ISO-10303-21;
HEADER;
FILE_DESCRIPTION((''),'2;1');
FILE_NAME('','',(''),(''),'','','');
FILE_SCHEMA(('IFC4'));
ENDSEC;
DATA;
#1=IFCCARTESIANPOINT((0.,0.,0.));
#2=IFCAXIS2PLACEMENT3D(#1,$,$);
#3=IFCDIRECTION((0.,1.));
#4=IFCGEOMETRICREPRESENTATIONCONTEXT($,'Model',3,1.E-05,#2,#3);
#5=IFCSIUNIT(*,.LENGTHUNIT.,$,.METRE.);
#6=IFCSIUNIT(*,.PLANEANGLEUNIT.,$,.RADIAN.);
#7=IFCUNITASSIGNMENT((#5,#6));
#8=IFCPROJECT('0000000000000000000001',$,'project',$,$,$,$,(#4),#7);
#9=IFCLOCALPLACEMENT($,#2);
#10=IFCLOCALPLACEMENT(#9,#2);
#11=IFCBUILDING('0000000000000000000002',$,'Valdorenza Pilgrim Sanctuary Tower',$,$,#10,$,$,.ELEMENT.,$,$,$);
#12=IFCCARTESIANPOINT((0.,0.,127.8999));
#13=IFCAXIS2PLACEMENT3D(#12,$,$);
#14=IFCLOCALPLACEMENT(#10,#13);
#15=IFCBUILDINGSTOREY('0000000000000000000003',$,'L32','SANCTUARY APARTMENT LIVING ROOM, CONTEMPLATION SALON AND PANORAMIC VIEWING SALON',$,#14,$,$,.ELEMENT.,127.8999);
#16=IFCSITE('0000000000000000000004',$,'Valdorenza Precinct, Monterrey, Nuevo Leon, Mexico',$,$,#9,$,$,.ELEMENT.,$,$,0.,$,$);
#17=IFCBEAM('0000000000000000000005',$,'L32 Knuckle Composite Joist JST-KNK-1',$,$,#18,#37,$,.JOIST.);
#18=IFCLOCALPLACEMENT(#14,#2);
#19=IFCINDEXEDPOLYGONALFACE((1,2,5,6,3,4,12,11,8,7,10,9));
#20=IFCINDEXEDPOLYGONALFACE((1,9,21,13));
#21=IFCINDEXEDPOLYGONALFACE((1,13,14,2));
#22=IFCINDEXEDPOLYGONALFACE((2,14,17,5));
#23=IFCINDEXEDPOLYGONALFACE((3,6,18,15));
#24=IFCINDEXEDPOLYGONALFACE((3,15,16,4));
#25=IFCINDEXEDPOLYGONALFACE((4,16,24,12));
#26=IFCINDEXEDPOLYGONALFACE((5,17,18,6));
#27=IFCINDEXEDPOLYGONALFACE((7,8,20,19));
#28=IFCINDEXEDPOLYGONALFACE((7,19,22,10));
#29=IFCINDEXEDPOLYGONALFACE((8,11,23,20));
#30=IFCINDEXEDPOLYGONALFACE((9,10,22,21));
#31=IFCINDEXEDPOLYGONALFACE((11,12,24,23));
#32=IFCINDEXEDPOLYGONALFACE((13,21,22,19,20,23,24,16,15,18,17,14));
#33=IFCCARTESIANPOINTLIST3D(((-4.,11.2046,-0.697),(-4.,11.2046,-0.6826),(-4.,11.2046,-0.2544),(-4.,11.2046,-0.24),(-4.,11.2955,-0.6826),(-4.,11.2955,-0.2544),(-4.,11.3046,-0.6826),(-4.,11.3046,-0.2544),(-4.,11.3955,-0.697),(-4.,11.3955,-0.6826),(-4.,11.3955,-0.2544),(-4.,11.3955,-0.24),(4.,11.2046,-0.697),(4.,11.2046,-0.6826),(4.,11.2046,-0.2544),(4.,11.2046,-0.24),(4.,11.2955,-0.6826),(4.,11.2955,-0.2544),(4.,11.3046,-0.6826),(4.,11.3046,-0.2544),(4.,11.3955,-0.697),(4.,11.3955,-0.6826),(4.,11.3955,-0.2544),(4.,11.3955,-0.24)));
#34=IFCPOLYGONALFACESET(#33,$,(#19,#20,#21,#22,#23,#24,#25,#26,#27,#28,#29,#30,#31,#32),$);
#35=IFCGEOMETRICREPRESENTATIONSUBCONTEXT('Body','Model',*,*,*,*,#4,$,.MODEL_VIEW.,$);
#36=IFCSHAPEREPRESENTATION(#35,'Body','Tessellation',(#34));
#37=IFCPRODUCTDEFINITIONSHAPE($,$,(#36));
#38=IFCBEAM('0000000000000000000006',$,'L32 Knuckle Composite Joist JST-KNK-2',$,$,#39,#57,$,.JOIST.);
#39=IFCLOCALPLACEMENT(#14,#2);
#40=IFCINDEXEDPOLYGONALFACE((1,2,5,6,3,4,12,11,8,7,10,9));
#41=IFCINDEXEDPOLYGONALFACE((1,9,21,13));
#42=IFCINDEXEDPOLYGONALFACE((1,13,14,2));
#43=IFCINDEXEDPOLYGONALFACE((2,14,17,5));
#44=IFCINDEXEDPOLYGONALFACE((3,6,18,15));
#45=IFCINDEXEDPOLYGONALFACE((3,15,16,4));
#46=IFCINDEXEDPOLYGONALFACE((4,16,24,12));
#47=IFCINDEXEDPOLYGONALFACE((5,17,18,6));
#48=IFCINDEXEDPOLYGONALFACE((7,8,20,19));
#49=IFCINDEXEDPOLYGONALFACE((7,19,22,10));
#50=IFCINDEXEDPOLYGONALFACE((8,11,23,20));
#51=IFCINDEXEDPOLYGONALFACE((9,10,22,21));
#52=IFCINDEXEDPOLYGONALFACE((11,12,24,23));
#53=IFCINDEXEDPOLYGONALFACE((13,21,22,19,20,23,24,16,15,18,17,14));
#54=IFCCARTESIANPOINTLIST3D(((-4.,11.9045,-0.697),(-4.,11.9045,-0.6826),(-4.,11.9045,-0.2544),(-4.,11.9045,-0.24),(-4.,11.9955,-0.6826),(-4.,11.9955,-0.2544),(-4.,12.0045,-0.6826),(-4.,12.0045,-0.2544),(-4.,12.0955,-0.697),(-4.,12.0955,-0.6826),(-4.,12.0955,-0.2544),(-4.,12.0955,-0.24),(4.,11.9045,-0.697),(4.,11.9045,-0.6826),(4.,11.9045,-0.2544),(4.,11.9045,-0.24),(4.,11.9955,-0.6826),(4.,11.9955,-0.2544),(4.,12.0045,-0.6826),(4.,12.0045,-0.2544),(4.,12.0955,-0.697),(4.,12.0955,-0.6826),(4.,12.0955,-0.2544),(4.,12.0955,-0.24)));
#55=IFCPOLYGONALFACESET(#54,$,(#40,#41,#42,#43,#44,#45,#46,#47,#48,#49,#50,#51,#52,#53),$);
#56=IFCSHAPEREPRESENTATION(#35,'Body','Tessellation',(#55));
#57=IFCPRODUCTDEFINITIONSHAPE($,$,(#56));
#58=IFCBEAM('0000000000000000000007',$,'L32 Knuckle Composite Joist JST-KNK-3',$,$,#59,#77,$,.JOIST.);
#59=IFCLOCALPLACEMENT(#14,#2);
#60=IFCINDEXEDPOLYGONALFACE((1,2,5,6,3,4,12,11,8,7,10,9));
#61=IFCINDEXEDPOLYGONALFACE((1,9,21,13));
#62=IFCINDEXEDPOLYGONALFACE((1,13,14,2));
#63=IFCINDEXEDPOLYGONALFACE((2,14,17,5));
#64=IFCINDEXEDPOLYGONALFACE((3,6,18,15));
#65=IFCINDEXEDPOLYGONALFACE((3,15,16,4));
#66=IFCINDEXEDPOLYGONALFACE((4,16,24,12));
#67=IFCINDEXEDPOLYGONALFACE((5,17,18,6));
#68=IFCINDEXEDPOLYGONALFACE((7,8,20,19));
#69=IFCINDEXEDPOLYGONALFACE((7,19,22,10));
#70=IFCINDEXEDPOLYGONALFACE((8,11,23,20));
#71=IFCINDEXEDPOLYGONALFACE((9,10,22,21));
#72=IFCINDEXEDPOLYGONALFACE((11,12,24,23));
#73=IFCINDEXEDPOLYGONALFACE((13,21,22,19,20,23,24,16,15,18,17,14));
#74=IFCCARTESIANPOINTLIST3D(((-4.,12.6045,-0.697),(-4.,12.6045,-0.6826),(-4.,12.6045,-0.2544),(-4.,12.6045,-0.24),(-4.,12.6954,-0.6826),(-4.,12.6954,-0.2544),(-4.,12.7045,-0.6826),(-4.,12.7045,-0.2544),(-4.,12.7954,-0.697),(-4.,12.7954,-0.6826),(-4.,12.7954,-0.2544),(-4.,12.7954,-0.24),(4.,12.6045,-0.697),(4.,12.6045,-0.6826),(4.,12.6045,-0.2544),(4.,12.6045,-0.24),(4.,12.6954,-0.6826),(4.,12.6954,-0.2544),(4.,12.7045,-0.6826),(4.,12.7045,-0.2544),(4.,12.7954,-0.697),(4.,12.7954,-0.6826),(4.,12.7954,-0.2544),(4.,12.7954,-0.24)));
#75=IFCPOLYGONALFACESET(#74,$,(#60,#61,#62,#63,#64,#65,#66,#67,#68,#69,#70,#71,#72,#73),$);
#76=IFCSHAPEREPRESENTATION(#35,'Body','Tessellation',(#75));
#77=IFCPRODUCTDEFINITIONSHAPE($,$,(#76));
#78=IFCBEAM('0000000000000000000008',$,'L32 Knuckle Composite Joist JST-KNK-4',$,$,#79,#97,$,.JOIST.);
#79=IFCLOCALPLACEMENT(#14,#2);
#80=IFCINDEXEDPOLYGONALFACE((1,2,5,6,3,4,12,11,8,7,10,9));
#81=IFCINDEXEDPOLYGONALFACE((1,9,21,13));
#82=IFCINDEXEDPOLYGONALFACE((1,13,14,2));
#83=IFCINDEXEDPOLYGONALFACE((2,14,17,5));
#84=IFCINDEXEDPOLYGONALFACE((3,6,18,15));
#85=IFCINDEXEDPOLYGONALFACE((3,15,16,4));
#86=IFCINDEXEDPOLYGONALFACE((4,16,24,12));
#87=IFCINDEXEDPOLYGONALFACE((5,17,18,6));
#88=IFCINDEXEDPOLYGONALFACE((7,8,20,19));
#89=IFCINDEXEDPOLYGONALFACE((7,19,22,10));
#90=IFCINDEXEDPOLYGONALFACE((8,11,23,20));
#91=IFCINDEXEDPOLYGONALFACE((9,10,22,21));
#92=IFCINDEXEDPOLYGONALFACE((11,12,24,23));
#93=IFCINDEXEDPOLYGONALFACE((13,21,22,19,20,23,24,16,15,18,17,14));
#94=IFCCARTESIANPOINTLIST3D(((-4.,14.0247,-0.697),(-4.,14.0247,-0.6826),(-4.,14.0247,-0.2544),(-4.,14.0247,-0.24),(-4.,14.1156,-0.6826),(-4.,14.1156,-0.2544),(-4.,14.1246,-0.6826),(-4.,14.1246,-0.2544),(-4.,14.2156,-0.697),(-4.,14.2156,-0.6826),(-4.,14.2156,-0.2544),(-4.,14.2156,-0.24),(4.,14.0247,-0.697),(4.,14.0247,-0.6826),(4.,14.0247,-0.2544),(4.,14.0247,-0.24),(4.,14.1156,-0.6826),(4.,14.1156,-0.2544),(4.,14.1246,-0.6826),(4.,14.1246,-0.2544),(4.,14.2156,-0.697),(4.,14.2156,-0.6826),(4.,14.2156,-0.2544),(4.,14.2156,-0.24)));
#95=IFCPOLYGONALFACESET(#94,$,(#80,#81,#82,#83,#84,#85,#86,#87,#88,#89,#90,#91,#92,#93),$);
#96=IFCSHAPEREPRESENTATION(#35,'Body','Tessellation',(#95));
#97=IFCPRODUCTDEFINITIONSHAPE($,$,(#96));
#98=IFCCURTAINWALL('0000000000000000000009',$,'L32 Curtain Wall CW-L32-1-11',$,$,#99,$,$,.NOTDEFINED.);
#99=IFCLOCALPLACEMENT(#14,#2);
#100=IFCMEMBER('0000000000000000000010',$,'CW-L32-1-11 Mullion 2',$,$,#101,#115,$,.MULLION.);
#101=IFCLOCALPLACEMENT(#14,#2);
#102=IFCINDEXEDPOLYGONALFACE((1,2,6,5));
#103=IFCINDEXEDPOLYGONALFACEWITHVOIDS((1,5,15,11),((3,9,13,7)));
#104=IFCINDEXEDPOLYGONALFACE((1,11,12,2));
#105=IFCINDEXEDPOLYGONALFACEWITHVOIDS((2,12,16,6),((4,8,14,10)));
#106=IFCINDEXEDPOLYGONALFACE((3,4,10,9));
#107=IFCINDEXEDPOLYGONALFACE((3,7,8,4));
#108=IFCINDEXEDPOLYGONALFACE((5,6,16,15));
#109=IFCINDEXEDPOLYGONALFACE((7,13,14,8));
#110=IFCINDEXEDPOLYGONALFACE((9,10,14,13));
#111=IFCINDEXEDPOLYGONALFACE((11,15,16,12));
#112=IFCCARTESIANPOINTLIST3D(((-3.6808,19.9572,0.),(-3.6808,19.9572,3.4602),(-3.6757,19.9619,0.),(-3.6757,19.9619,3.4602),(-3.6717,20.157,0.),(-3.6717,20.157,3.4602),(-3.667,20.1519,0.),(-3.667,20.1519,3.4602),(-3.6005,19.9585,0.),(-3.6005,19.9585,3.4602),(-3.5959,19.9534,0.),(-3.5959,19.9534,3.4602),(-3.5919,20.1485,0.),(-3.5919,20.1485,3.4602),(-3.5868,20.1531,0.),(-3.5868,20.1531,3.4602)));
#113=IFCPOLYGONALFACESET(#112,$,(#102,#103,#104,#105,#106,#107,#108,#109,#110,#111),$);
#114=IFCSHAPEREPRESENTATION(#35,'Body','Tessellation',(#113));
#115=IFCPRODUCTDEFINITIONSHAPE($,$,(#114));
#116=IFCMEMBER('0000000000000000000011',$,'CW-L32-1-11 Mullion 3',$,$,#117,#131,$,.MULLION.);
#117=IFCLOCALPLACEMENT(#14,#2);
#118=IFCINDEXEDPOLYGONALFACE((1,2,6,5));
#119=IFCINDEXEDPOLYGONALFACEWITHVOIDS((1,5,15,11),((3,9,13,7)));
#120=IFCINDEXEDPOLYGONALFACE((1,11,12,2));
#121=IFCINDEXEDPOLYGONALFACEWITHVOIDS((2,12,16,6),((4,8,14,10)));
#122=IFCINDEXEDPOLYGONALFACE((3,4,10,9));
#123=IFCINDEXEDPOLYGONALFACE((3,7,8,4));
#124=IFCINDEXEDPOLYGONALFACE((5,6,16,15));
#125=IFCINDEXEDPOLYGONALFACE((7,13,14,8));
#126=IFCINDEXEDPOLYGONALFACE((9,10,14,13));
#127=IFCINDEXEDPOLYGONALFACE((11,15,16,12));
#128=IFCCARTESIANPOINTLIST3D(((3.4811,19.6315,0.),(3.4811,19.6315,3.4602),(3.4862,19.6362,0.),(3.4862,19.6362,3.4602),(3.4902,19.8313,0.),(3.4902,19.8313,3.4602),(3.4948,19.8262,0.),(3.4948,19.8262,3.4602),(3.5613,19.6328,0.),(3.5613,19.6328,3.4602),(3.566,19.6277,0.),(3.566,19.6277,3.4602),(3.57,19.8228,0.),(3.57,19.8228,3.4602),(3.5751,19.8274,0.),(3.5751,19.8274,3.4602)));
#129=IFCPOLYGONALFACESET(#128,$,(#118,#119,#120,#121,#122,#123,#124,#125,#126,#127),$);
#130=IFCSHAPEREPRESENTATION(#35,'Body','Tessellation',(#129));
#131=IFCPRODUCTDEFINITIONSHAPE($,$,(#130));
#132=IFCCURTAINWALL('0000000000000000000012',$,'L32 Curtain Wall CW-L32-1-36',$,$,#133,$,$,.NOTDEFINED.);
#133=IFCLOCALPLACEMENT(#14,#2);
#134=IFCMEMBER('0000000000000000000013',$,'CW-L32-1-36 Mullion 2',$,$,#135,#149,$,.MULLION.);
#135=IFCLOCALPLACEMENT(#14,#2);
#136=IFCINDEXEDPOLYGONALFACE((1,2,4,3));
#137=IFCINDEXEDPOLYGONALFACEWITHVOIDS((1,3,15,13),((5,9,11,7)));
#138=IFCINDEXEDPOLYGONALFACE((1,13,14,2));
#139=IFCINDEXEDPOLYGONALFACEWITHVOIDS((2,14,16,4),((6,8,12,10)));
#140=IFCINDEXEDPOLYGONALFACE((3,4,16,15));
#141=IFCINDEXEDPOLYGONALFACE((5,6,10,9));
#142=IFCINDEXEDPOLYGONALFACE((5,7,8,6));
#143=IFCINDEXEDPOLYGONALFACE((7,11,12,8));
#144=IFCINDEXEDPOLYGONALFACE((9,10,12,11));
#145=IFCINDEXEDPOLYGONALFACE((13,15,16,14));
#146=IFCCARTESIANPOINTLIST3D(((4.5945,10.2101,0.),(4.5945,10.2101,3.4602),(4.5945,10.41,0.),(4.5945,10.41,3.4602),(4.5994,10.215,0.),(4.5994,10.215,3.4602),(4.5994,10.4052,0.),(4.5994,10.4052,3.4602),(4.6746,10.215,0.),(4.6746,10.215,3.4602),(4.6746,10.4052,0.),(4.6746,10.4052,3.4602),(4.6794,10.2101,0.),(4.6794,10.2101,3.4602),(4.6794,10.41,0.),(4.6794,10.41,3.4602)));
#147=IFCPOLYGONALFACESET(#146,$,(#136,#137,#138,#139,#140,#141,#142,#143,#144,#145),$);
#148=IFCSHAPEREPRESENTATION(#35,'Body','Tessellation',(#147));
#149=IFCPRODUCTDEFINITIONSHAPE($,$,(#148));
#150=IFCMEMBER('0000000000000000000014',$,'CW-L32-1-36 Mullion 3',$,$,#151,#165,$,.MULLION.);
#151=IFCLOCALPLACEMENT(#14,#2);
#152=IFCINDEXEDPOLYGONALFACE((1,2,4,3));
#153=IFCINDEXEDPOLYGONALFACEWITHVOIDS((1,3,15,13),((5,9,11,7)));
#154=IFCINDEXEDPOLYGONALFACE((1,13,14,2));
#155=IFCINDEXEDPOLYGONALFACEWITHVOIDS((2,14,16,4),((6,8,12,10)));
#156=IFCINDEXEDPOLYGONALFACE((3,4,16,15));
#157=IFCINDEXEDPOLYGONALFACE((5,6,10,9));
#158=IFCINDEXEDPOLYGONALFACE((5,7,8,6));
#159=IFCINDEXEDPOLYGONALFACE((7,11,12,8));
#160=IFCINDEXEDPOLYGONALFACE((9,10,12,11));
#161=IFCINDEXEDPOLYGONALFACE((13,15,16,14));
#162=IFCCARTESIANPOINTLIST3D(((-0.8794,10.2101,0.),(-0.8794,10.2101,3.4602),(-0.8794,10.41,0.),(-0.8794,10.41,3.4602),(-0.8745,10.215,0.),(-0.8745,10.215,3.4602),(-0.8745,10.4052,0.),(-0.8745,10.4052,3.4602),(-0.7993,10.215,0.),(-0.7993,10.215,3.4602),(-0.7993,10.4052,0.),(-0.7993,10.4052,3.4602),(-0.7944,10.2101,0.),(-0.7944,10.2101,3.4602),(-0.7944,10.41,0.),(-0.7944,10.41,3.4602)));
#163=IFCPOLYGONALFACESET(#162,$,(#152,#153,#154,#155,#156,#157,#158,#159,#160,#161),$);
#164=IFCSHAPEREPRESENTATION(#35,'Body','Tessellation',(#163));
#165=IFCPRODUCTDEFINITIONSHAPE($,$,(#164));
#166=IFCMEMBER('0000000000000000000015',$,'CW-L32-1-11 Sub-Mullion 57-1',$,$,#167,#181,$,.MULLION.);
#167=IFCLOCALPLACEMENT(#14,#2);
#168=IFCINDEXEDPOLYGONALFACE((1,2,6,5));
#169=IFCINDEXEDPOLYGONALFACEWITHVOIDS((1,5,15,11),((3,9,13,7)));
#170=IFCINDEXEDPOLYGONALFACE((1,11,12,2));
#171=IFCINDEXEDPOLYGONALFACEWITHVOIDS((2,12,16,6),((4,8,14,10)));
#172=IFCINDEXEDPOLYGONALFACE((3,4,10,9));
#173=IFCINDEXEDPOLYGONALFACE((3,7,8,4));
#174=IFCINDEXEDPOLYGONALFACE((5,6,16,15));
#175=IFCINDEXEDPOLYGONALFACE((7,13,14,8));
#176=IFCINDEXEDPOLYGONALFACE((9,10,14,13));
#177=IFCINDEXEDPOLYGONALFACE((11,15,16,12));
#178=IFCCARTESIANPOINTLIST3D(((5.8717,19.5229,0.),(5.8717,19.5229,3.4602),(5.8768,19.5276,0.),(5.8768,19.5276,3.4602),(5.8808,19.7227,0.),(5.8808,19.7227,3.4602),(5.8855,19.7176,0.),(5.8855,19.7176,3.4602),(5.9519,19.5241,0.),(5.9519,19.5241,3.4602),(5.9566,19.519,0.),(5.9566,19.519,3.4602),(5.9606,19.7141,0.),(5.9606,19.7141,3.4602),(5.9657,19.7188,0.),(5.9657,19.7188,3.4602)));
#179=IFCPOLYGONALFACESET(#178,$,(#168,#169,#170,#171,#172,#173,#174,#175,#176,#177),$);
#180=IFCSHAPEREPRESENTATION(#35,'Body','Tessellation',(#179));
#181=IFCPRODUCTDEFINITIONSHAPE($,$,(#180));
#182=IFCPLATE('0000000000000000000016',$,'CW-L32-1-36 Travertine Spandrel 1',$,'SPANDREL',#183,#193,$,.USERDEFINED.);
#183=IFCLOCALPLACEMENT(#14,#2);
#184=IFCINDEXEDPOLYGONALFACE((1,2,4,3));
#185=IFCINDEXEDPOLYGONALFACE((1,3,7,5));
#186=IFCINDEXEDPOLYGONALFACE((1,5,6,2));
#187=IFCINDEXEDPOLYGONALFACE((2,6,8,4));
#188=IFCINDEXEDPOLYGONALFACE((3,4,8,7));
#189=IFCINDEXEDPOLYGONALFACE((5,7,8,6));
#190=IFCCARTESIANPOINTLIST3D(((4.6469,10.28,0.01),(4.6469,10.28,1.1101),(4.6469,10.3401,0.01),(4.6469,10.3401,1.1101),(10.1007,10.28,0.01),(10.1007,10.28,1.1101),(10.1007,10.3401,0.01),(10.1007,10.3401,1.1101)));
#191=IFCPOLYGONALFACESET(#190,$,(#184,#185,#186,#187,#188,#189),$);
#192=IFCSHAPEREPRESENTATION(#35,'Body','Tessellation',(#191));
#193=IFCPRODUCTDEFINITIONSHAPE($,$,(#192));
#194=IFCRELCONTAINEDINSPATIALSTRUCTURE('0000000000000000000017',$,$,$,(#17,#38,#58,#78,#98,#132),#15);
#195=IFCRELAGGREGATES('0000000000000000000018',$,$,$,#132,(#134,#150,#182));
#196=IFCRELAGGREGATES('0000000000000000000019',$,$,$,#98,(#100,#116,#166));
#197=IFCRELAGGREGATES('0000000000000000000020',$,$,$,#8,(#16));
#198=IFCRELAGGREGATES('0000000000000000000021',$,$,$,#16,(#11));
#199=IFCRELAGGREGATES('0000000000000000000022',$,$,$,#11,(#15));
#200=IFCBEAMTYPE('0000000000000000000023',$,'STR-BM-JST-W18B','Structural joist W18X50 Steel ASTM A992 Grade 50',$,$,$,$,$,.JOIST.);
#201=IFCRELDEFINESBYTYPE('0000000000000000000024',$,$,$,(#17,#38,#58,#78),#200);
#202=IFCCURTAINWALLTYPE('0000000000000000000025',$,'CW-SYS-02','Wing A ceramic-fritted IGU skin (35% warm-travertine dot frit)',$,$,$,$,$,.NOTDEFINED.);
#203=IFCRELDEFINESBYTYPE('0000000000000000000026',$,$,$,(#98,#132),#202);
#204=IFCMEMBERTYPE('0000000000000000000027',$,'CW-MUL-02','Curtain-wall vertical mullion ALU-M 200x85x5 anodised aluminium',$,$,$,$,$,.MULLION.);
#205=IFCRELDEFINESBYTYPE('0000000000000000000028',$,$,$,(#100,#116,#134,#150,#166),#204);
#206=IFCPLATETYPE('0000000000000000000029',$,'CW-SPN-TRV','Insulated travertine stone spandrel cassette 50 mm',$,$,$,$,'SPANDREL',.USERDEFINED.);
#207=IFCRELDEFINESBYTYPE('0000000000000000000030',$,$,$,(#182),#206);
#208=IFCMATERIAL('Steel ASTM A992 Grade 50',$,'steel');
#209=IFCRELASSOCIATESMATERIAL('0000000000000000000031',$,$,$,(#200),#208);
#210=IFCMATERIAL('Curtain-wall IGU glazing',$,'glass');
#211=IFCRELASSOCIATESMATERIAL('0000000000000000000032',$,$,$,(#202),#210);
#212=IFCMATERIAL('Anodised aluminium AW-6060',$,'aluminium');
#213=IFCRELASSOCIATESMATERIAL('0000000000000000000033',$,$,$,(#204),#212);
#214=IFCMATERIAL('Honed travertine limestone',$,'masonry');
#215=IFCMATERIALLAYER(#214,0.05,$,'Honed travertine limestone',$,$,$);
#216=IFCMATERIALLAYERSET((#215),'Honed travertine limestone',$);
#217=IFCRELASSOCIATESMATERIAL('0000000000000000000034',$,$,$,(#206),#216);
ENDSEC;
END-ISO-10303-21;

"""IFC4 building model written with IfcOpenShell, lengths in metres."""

from ifc_helpers import new_model, si_unit, direction, frame, origin, origin_2d, place, context, subcontext, project, spatial, rectangle, hollow_rectangle, i_section, extrude, source, transform, mapped, material, layer, layer_set, material_profile, profile_set, type_object, element, aggregate, save


model = new_model("IFC4")

# Units and contexts
model_context = context("Model", 3, precision=1e-05, world=origin(), true_north=direction((0.0, 1.0)))
body_context = subcontext(model_context, "Body", "Model", "MODEL_VIEW")
ifc_project = project(units=[si_unit("LENGTHUNIT", "METRE"), si_unit("PLANEANGLEUNIT", "RADIAN")], contexts=[model_context])

# Site, building, storey
site_placement = place(None, origin())
site = spatial("IfcSite", under=ifc_project, at=site_placement, Name="Valdorenza Precinct, Monterrey, Nuevo Leon, Mexico", CompositionType="ELEMENT", RefElevation=0.0)
building_placement = place(site_placement, origin())
building = spatial("IfcBuilding", under=site, at=building_placement, Name="Valdorenza Pilgrim Sanctuary Tower", CompositionType="ELEMENT")
storey_placement = place(building_placement, frame((0.0, 0.0, 127.8999)))
storey = spatial("IfcBuildingStorey", under=building, at=storey_placement, Name="L32", Description="SANCTUARY APARTMENT LIVING ROOM, CONTEMPLATION SALON AND PANORAMIC VIEWING SALON", CompositionType="ELEMENT", Elevation=127.8999)

# Shared definitions
ifc_material_1 = material(Name="Steel ASTM A992 Grade 50", Category="steel")

# Beams
ifc_material_profile_1 = material_profile(ifc_material_1, i_section(OverallWidth=0.1909, OverallDepth=0.457, WebThickness=0.009, FlangeThickness=0.0144, at=origin_2d()), Name="W18X50")
ifc_profile_set_1 = profile_set([ifc_material_profile_1], Name="Steel ASTM A992 Grade 50")
beam_type_1 = type_object("IfcBeamType", Name="STR-BM-JST-W18B", Description="Structural joist W18X50 Steel ASTM A992 Grade 50", PredefinedType="JOIST", material=ifc_profile_set_1)
shared_shape_1 = source(origin(), body_context, "Body", "SweptSolid", [
    extrude(i_section(OverallWidth=0.1909, OverallDepth=0.457, WebThickness=0.009, FlangeThickness=0.0144, at=origin_2d()), origin(), (0.0, 0.0, 1.0), 8.0),
])
for number, where, z_axis, x_axis, name in (
    (1, (-4.0, 11.3, -0.4685), (1.0, 0.0, 0.0), (0.0, 1.0, 0.0), "L32 Knuckle Composite Joist JST-KNK-1"),
    (2, (-4.0, 12.0, -0.4685), (1.0, 0.0, 0.0), (0.0, 1.0, 0.0), "L32 Knuckle Composite Joist JST-KNK-2"),
    (3, (-4.0, 12.7, -0.4685), (1.0, 0.0, 0.0), (0.0, 1.0, 0.0), "L32 Knuckle Composite Joist JST-KNK-3"),
    (4, (-4.0, 14.1201, -0.4685), (1.0, 0.0, 0.0), (0.0, 1.0, 0.0), "L32 Knuckle Composite Joist JST-KNK-4"),
):
    element("IfcBeam", number, at=place(storey_placement, frame(where, z_axis=z_axis, x_axis=x_axis)), inside=storey, type_object=beam_type_1, Name=name, PredefinedType="JOIST", context=body_context, shape_type="MappedRepresentation", body=[
        mapped(shared_shape_1, transform((0.0, 0.0, 0.0), x_axis=(1.0, 0.0, 0.0), y_axis=(0.0, 1.0, 0.0), z_axis=(0.0, 0.0, 1.0), scale=1.0)),
    ])

# Curtain walls, members
ifc_material_2 = material(Name="Curtain-wall IGU glazing", Category="glass")
curtain_wall_type = type_object("IfcCurtainWallType", Name="CW-SYS-02", Description="Wing A ceramic-fritted IGU skin (35% warm-travertine dot frit)", PredefinedType="NOTDEFINED", material=ifc_material_2)
curtain_wall_1_placement = place(storey_placement, origin())
curtain_wall_1 = element("IfcCurtainWall", 5, at=curtain_wall_1_placement, inside=storey, type_object=curtain_wall_type, Name="L32 Curtain Wall CW-L32-1-11", PredefinedType="NOTDEFINED")
ifc_material_3 = material(Name="Anodised aluminium AW-6060", Category="aluminium")
ifc_material_profile_2 = material_profile(ifc_material_3, hollow_rectangle(XDim=0.085, YDim=0.2, WallThickness=0.0049, at=origin_2d()), Name="ALU-M 200x85x5")
ifc_profile_set_2 = profile_set([ifc_material_profile_2], Name="Anodised aluminium AW-6060")
member_type = type_object("IfcMemberType", Name="CW-MUL-02", Description="Curtain-wall vertical mullion ALU-M 200x85x5 anodised aluminium", PredefinedType="MULLION", material=ifc_profile_set_2)
shared_shape_2 = source(origin(), body_context, "Body", "SweptSolid", [
    extrude(hollow_rectangle(XDim=0.085, YDim=0.2, WallThickness=0.0049, at=origin_2d()), origin(), (0.0, 0.0, 1.0), 3.4602),
])
member_1_placement = place(storey_placement, frame((-3.6338, 20.0552, 0.0), z_axis=(0.0, 0.0, 1.0), x_axis=(0.998968, -0.045415, 0.0)))
member_1 = element("IfcMember", 6, at=member_1_placement, type_object=member_type, Name="CW-L32-1-11 Mullion 2", PredefinedType="MULLION", context=body_context, shape_type="MappedRepresentation", body=[
    mapped(shared_shape_2, transform((0.0, 0.0, 0.0), x_axis=(1.0, 0.0, 0.0), y_axis=(0.0, 1.0, 0.0), z_axis=(0.0, 0.0, 1.0), scale=1.0)),
])
member_2_placement = place(storey_placement, frame((3.5281, 19.7295, 0.0), z_axis=(0.0, 0.0, 1.0), x_axis=(0.998968, -0.045415, 0.0)))
member_2 = element("IfcMember", 7, at=member_2_placement, type_object=member_type, Name="CW-L32-1-11 Mullion 3", PredefinedType="MULLION", context=body_context, shape_type="MappedRepresentation", body=[
    mapped(shared_shape_2, transform((0.0, 0.0, 0.0), x_axis=(1.0, 0.0, 0.0), y_axis=(0.0, 1.0, 0.0), z_axis=(0.0, 0.0, 1.0), scale=1.0)),
])
curtain_wall_2_placement = place(storey_placement, origin())
curtain_wall_2 = element("IfcCurtainWall", 8, at=curtain_wall_2_placement, inside=storey, type_object=curtain_wall_type, Name="L32 Curtain Wall CW-L32-1-36", PredefinedType="NOTDEFINED")
member_3_placement = place(storey_placement, frame((4.637, 10.3101, 0.0), z_axis=(0.0, 0.0, 1.0), x_axis=(-1.0, 0.0, 0.0)))
member_3 = element("IfcMember", 9, at=member_3_placement, type_object=member_type, Name="CW-L32-1-36 Mullion 2", PredefinedType="MULLION", context=body_context, shape_type="MappedRepresentation", body=[
    mapped(shared_shape_2, transform((0.0, 0.0, 0.0), x_axis=(1.0, 0.0, 0.0), y_axis=(0.0, 1.0, 0.0), z_axis=(0.0, 0.0, 1.0), scale=1.0)),
])
member_4_placement = place(storey_placement, frame((-0.8369, 10.3101, 0.0), z_axis=(0.0, 0.0, 1.0), x_axis=(-1.0, 0.0, 0.0)))
member_4 = element("IfcMember", 10, at=member_4_placement, type_object=member_type, Name="CW-L32-1-36 Mullion 3", PredefinedType="MULLION", context=body_context, shape_type="MappedRepresentation", body=[
    mapped(shared_shape_2, transform((0.0, 0.0, 0.0), x_axis=(1.0, 0.0, 0.0), y_axis=(0.0, 1.0, 0.0), z_axis=(0.0, 0.0, 1.0), scale=1.0)),
])

# Member
member_5_placement = place(storey_placement, frame((5.9187, 19.6208, 0.0), z_axis=(0.0, 0.0, 1.0), x_axis=(0.998968, -0.045415, 0.0)))
member_5 = element("IfcMember", 11, at=member_5_placement, type_object=member_type, Name="CW-L32-1-11 Sub-Mullion 57-1", PredefinedType="MULLION", context=body_context, shape_type="MappedRepresentation", body=[
    mapped(shared_shape_2, transform((0.0, 0.0, 0.0), x_axis=(1.0, 0.0, 0.0), y_axis=(0.0, 1.0, 0.0), z_axis=(0.0, 0.0, 1.0), scale=1.0)),
])

# Plate
ifc_material_4 = material(Name="Honed travertine limestone", Category="masonry")
ifc_layer_1 = layer(ifc_material_4, 0.05, Name="Honed travertine limestone")
ifc_layer_set_1 = layer_set([ifc_layer_1], Name="Honed travertine limestone")
plate_type_1 = type_object("IfcPlateType", Name="CW-SPN-TRV", Description="Insulated travertine stone spandrel cassette 50 mm", ElementType="SPANDREL", PredefinedType="USERDEFINED", material=ifc_layer_set_1)
shared_shape_3 = source(origin(), body_context, "Body", "SweptSolid", [
    extrude(rectangle(XDim=5.4539, YDim=0.0601, at=origin_2d()), origin(), (0.0, 0.0, 1.0), 1.1001),
])
plate_1_placement = place(storey_placement, frame((7.3738, 10.3101, 0.01), z_axis=(0.0, 0.0, 1.0), x_axis=(-1.0, 0.0, 0.0)))
plate_1 = element("IfcPlate", 12, at=plate_1_placement, type_object=plate_type_1, Name="CW-L32-1-36 Travertine Spandrel 1", ObjectType="SPANDREL", PredefinedType="USERDEFINED", context=body_context, shape_type="MappedRepresentation", body=[
    mapped(shared_shape_3, transform((0.0, 0.0, 0.0), x_axis=(1.0, 0.0, 0.0), y_axis=(0.0, 1.0, 0.0), z_axis=(0.0, 0.0, 1.0), scale=1.0)),
])
aggregate(curtain_wall_2, [member_3, member_4, plate_1])
aggregate(curtain_wall_1, [member_1, member_2, member_5])

save(model, "model.ifc")
